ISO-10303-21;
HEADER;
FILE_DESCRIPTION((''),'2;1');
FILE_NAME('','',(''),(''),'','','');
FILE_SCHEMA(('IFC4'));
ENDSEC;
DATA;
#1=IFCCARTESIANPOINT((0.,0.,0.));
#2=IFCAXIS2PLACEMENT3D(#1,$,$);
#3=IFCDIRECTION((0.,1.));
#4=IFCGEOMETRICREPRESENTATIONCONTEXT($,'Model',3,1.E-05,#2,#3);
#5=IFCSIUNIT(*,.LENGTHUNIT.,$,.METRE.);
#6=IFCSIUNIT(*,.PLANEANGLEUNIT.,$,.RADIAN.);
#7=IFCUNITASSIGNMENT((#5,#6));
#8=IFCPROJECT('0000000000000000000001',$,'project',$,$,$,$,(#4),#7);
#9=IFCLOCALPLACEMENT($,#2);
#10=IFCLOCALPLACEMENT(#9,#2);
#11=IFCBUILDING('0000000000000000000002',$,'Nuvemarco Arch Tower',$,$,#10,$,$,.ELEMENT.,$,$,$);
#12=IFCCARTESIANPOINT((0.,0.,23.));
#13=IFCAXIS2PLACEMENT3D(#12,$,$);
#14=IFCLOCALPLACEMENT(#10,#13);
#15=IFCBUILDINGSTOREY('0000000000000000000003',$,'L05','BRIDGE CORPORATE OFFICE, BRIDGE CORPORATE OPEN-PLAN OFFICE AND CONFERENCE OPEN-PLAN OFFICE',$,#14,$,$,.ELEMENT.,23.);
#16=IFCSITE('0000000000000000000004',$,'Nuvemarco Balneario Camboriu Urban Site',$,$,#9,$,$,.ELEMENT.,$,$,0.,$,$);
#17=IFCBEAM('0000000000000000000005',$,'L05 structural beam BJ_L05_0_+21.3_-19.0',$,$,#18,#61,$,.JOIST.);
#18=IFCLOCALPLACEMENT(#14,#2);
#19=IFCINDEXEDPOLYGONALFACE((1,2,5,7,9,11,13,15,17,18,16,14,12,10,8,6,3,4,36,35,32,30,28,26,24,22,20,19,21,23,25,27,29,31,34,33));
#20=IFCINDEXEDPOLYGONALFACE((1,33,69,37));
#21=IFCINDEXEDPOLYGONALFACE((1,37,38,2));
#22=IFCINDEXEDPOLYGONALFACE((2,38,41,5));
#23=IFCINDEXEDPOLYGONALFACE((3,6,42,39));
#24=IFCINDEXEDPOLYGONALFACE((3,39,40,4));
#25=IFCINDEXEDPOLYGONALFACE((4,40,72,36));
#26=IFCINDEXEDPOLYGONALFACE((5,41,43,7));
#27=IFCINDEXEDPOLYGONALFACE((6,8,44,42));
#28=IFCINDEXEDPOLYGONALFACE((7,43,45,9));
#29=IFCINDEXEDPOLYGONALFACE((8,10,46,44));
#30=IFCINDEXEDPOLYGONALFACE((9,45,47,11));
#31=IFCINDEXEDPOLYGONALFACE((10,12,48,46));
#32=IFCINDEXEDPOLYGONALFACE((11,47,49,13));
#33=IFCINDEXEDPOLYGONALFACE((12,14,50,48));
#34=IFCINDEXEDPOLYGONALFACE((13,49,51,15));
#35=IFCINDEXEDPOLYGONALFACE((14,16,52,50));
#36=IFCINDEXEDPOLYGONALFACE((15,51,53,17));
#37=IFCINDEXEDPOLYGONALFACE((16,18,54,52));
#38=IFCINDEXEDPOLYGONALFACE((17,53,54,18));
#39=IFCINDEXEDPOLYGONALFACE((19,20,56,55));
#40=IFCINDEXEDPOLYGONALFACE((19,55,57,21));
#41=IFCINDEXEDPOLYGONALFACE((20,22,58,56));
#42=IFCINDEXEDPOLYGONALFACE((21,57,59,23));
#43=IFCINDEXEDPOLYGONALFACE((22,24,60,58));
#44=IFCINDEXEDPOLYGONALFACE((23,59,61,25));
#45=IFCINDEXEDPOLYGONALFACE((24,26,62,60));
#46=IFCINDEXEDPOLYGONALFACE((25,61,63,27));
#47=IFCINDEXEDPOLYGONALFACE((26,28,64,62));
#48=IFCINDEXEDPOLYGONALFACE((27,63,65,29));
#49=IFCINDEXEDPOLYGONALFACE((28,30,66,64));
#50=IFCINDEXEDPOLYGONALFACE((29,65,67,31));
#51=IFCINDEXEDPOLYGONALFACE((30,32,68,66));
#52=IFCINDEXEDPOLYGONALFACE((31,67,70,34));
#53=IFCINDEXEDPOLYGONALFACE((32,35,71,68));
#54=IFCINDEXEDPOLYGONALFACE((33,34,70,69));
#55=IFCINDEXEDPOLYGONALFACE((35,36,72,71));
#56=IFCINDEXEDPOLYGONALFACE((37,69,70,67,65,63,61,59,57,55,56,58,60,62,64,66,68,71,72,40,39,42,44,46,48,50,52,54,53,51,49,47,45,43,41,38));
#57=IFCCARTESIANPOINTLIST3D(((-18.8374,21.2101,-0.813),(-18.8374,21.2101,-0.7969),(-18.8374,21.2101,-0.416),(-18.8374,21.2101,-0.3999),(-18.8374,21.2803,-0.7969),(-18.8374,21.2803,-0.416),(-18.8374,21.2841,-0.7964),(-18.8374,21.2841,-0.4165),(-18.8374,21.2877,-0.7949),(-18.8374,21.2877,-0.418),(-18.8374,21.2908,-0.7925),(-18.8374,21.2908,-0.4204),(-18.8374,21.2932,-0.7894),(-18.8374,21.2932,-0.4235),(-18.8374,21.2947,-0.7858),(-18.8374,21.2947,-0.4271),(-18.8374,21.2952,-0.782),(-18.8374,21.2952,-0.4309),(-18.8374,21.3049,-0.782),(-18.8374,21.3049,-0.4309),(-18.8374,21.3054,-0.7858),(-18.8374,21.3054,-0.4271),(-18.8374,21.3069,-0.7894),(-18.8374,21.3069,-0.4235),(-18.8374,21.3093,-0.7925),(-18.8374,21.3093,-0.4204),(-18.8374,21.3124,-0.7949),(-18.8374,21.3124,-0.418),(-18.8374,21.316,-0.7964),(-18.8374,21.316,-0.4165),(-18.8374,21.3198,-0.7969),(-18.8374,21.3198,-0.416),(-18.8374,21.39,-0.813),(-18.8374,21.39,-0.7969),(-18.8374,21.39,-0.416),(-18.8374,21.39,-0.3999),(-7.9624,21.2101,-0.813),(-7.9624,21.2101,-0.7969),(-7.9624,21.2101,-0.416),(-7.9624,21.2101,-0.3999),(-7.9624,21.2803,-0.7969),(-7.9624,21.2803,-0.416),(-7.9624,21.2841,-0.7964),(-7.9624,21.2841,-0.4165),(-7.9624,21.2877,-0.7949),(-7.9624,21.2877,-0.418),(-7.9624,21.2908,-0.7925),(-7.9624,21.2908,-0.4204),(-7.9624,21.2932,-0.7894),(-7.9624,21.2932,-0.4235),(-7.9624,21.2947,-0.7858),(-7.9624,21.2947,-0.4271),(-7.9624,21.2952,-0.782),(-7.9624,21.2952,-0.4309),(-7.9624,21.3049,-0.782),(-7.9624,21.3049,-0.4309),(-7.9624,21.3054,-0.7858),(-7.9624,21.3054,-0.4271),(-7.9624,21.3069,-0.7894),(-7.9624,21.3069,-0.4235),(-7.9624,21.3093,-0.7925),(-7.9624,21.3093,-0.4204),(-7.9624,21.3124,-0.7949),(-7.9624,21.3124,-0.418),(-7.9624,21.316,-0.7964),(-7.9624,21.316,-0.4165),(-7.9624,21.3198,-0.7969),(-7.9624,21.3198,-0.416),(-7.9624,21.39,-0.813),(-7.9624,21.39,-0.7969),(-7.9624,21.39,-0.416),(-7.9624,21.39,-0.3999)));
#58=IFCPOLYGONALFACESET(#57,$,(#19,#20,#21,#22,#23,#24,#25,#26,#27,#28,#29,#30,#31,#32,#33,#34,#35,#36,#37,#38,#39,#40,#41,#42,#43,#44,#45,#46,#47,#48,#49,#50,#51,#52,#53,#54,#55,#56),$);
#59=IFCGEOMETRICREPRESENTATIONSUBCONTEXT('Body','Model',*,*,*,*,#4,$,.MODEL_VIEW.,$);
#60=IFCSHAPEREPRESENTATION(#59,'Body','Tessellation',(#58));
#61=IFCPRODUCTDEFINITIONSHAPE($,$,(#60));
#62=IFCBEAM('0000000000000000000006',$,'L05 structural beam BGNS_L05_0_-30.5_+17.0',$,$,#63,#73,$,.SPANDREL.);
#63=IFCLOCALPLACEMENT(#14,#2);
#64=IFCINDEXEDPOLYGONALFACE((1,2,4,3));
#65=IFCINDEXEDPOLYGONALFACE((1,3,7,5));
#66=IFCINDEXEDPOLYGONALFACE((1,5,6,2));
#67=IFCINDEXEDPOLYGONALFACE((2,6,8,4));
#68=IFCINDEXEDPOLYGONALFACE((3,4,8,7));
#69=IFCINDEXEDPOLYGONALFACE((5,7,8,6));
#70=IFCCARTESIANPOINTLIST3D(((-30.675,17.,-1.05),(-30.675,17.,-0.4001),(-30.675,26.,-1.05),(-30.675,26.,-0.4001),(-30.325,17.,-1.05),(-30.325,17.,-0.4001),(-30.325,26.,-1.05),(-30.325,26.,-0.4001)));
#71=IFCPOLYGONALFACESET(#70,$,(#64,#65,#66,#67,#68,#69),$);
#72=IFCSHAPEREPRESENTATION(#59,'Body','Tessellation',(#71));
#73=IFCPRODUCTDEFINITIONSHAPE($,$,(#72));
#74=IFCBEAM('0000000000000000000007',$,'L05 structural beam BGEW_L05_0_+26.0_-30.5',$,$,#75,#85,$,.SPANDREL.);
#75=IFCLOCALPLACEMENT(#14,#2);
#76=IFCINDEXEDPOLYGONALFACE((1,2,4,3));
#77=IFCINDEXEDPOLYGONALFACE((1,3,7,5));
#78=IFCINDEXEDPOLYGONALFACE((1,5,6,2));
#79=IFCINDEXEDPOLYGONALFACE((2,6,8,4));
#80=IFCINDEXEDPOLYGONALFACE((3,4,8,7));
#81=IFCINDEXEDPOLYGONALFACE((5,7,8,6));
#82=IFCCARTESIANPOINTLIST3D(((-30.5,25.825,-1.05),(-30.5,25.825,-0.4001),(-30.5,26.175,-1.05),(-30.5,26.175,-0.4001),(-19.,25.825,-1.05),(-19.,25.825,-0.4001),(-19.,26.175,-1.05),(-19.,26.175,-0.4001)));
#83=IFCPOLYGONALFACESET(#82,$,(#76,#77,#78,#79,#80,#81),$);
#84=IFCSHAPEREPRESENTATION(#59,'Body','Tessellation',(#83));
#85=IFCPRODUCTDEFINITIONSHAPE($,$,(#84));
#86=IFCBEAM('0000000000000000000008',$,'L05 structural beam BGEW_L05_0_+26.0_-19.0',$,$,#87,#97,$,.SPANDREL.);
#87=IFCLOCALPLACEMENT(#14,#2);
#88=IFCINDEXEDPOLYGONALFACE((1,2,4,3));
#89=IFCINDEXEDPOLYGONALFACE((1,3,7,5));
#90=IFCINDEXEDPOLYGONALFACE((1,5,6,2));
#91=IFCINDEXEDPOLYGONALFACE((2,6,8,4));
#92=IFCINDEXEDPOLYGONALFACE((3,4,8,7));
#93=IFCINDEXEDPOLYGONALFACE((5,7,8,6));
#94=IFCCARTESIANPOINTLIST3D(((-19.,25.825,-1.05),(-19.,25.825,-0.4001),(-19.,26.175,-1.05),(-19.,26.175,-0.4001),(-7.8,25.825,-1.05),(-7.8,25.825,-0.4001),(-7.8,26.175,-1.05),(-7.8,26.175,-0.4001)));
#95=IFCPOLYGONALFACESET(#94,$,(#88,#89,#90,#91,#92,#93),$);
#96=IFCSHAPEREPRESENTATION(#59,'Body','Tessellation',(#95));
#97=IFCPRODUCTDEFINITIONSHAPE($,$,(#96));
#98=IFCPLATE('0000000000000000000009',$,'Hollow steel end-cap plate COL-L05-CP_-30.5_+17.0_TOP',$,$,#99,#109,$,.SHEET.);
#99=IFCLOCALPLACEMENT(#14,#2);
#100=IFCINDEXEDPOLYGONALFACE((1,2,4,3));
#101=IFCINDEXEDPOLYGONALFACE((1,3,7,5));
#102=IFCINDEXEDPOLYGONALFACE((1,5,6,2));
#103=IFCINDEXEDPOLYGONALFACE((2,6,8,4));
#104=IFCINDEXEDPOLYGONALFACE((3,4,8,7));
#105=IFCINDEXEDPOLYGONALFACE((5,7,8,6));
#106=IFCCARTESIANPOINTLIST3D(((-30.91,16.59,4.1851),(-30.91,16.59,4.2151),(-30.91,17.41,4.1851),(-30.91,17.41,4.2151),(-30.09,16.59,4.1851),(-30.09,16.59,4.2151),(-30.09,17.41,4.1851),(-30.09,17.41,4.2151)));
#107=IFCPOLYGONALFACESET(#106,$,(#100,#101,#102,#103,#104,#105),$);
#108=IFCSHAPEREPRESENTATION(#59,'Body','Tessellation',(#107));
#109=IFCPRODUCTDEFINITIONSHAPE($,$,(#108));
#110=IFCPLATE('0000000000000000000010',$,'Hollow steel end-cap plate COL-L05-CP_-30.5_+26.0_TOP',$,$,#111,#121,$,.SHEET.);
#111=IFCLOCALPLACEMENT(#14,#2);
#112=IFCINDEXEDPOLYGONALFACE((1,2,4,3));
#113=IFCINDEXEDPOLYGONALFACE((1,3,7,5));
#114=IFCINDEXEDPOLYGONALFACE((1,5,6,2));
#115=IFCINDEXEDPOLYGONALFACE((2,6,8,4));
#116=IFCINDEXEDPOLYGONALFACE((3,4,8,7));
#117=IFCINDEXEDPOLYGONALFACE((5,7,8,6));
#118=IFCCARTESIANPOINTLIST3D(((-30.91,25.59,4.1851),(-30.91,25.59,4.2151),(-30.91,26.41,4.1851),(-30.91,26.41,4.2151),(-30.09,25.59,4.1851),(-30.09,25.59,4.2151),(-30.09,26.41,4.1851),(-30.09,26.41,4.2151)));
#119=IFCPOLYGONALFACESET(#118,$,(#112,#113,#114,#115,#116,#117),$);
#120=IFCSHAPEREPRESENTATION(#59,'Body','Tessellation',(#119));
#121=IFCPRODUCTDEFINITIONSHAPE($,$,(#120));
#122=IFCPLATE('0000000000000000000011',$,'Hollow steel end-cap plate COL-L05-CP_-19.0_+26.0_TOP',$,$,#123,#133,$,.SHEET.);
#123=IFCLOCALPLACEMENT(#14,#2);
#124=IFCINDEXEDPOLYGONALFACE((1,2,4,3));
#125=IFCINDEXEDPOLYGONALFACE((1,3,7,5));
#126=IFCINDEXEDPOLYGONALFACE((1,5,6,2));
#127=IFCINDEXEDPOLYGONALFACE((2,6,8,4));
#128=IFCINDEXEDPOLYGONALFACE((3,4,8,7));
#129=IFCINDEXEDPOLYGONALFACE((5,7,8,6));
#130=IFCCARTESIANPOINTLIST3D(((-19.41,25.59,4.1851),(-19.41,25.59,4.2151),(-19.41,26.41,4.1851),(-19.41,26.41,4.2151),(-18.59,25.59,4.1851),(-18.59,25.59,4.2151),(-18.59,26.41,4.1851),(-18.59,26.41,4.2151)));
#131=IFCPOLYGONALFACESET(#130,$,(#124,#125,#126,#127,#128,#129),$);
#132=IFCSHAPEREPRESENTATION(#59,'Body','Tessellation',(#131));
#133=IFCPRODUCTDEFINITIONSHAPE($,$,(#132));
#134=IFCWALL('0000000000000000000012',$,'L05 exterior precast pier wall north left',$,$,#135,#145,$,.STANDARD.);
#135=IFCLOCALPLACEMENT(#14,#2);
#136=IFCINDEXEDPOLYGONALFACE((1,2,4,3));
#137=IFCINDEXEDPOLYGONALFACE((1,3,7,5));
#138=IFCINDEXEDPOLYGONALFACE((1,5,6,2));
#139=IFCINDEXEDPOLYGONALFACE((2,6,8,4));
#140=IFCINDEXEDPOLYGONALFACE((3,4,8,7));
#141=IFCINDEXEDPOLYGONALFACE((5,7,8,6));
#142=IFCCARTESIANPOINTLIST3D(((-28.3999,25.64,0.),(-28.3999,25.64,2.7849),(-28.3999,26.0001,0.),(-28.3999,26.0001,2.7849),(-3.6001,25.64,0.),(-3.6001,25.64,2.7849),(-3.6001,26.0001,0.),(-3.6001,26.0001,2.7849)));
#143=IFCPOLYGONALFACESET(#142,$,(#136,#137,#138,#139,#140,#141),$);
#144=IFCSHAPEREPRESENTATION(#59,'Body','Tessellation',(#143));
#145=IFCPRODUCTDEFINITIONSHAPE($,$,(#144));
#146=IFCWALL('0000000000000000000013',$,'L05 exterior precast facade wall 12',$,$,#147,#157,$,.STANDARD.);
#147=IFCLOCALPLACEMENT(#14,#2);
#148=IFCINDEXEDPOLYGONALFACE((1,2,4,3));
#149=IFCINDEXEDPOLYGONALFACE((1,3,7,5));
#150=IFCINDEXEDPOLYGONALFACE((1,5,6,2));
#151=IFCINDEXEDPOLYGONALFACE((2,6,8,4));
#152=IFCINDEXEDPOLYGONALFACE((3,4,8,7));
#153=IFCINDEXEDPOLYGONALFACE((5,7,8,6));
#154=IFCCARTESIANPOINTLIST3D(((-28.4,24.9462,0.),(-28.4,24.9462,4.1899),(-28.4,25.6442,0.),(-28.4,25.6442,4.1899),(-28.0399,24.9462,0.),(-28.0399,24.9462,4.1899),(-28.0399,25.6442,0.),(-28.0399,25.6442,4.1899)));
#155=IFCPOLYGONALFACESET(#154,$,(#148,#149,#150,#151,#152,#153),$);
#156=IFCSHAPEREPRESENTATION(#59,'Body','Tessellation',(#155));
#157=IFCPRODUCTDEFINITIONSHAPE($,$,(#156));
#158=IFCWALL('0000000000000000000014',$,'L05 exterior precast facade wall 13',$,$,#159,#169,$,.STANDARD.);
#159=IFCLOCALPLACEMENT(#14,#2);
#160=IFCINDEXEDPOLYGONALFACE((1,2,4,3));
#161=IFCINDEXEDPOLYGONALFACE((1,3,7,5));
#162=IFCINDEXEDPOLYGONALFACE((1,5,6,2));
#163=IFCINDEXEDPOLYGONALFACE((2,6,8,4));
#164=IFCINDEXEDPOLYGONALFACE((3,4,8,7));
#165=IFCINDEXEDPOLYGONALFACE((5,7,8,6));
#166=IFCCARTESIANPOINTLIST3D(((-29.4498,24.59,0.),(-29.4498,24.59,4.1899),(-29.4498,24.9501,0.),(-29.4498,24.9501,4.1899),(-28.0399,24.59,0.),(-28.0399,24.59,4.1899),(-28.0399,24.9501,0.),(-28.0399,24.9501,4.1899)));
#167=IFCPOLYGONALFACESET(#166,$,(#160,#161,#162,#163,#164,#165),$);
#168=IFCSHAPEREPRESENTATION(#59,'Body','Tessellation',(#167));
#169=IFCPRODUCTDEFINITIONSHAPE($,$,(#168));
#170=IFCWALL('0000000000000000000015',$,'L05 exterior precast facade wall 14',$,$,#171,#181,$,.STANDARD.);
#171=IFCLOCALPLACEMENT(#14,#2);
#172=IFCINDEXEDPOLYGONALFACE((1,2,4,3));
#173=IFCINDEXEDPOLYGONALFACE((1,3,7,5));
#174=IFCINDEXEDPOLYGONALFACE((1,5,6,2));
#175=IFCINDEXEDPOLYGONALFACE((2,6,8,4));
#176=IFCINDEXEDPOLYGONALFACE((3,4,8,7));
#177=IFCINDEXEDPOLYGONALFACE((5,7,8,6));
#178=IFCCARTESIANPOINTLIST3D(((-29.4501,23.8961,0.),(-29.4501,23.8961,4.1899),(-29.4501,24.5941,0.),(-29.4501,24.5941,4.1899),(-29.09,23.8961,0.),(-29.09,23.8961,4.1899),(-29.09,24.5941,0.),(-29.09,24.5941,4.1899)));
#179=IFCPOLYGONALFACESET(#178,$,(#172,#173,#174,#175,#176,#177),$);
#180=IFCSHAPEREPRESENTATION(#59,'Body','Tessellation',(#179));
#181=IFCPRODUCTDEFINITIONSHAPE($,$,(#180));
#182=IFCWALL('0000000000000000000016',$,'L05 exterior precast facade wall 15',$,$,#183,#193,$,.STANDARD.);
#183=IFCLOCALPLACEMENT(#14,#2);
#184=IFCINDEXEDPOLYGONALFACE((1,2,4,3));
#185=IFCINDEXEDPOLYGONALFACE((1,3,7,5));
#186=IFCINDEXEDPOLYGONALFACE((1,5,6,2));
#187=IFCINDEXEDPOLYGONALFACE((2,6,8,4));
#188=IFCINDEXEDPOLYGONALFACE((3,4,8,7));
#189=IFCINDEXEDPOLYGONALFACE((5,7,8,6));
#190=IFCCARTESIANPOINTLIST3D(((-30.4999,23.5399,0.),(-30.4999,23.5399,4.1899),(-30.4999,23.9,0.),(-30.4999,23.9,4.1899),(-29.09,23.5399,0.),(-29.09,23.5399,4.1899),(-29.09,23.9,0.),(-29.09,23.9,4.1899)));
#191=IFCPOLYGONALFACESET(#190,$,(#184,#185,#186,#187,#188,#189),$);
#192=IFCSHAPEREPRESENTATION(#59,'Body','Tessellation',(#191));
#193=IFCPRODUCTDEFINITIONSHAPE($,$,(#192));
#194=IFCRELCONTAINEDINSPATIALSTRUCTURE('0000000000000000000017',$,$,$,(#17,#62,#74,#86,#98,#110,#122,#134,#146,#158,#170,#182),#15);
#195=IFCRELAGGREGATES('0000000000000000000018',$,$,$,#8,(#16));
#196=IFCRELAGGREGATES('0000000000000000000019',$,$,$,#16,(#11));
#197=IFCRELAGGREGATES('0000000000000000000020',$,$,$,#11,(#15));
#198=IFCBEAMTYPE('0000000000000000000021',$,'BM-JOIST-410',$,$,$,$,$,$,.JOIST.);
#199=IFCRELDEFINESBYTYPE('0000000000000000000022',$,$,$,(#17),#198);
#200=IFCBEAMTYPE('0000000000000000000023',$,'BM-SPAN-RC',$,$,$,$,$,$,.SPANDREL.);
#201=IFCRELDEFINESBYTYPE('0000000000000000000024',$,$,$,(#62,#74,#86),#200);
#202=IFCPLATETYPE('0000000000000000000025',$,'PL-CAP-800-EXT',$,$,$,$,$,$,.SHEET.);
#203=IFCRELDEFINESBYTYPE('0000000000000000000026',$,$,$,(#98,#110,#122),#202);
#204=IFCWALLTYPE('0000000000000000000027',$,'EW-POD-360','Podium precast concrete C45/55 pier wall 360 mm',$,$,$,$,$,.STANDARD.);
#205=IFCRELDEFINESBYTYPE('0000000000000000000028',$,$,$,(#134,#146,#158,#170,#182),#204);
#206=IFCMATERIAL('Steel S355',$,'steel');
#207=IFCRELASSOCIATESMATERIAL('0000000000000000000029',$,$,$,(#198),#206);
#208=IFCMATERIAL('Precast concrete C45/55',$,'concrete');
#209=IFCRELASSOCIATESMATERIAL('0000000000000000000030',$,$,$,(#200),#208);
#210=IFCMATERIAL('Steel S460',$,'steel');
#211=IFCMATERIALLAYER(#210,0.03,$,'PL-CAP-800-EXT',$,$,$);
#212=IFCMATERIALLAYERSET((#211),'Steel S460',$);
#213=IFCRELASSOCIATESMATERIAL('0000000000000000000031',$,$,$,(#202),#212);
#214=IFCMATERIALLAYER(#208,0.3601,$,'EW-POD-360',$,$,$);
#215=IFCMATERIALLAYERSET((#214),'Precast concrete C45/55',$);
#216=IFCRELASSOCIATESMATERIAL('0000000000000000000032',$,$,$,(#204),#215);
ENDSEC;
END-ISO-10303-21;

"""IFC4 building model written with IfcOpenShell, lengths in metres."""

from ifc_helpers import new_model, si_unit, direction, frame, frame_2d, origin, origin_2d, place, context, subcontext, project, spatial, rectangle, i_section, extrude, source, transform, mapped, material, layer, layer_set, material_profile, profile_set, type_object, type_shapes, element, save


model = new_model("IFC4")

# Units and contexts
model_context = context("Model", 3, precision=1e-05, world=origin(), true_north=direction((0.0, 1.0)))
body_context = subcontext(model_context, "Body", "Model", "MODEL_VIEW")
ifc_project = project(units=[si_unit("LENGTHUNIT", "METRE"), si_unit("PLANEANGLEUNIT", "RADIAN")], contexts=[model_context])

# Site, building, storey
site_placement = place(None, origin())
site = spatial("IfcSite", under=ifc_project, at=site_placement, Name="Nuvemarco Balneario Camboriu Urban Site", CompositionType="ELEMENT", RefElevation=0.0)
building_placement = place(site_placement, origin())
building = spatial("IfcBuilding", under=site, at=building_placement, Name="Nuvemarco Arch Tower", CompositionType="ELEMENT")
storey_placement = place(building_placement, frame((0.0, 0.0, 23.0)))
storey = spatial("IfcBuildingStorey", under=building, at=storey_placement, Name="L05", Description="BRIDGE CORPORATE OFFICE, BRIDGE CORPORATE OPEN-PLAN OFFICE AND CONFERENCE OPEN-PLAN OFFICE", CompositionType="ELEMENT", Elevation=23.0)

# Shared definitions
ifc_material_1 = material(Name="Steel S460", Category="steel")

# Beams
ifc_material_2 = material(Name="Steel S355", Category="steel")
ifc_material_profile_1 = material_profile(ifc_material_2, i_section(OverallWidth=0.1799, OverallDepth=0.4131, WebThickness=0.0098, FlangeThickness=0.0161, FilletRadius=0.0149, at=origin_2d()), Name="W410x75")
ifc_profile_set_1 = profile_set([ifc_material_profile_1], Name="Steel S355")
beam_type_1 = type_object("IfcBeamType", Name="BM-JOIST-410", PredefinedType="JOIST", material=ifc_profile_set_1)
beam_1_placement = place(storey_placement, frame((-18.8374, 21.3, -0.6064), z_axis=(1.0, 0.0, 0.0), x_axis=(0.0, 1.0, 0.0)))
element("IfcBeam", 1, at=beam_1_placement, inside=storey, type_object=beam_type_1, Name="L05 structural beam BJ_L05_0_+21.3_-19.0", PredefinedType="JOIST", context=body_context, shape_type="SweptSolid", body=[
    extrude(i_section(OverallWidth=0.1799, OverallDepth=0.4131, WebThickness=0.0098, FlangeThickness=0.0161, FilletRadius=0.0149, at=origin_2d()), origin(), (0.0, 0.0, 1.0), 10.875),
])
ifc_material_3 = material(Name="Precast concrete C45/55", Category="concrete")
ifc_material_profile_2 = material_profile(ifc_material_3, rectangle(XDim=0.3501, YDim=0.6499, at=origin_2d()), Name="PC-SP-350x650")
ifc_profile_set_2 = profile_set([ifc_material_profile_2], Name="Precast concrete C45/55")
beam_type_2 = type_object("IfcBeamType", Name="BM-SPAN-RC", PredefinedType="SPANDREL", material=ifc_profile_set_2)
beam_2_placement = place(storey_placement, frame((-30.5, 17.0, -0.7251), z_axis=(0.0, 1.0, 0.0), x_axis=(-1.0, 0.0, 0.0)))
element("IfcBeam", 2, at=beam_2_placement, inside=storey, type_object=beam_type_2, Name="L05 structural beam BGNS_L05_0_-30.5_+17.0", PredefinedType="SPANDREL", context=body_context, shape_type="SweptSolid", body=[
    extrude(rectangle(XDim=0.3501, YDim=0.6499, at=origin_2d()), origin(), (0.0, 0.0, 1.0), 9.0),
])
beam_3_placement = place(storey_placement, frame((-30.5, 26.0, -0.7251), z_axis=(1.0, 0.0, 0.0), x_axis=(0.0, 1.0, 0.0)))
element("IfcBeam", 3, at=beam_3_placement, inside=storey, type_object=beam_type_2, Name="L05 structural beam BGEW_L05_0_+26.0_-30.5", PredefinedType="SPANDREL", context=body_context, shape_type="SweptSolid", body=[
    extrude(rectangle(XDim=0.3501, YDim=0.6499, at=origin_2d()), origin(), (0.0, 0.0, 1.0), 11.5),
])
beam_4_placement = place(storey_placement, frame((-19.0, 26.0, -0.7251), z_axis=(1.0, 0.0, 0.0), x_axis=(0.0, 1.0, 0.0)))
element("IfcBeam", 4, at=beam_4_placement, inside=storey, type_object=beam_type_2, Name="L05 structural beam BGEW_L05_0_+26.0_-19.0", PredefinedType="SPANDREL", context=body_context, shape_type="SweptSolid", body=[
    extrude(rectangle(XDim=0.3501, YDim=0.6499, at=origin_2d()), origin(), (0.0, 0.0, 1.0), 11.2),
])

# Plates
ifc_layer_1 = layer(ifc_material_1, 0.03, Name="PL-CAP-800-EXT")
ifc_layer_set_1 = layer_set([ifc_layer_1], Name="Steel S460")
plate_type = type_object("IfcPlateType", Name="PL-CAP-800-EXT", PredefinedType="SHEET", material=ifc_layer_set_1)
shared_shape = source(origin(), body_context, "Body", "SweptSolid", [
    extrude(rectangle(XDim=0.8201, YDim=0.8201, at=origin_2d()), origin(), (0.0, 0.0, 1.0), 0.03),
])
type_shapes(plate_type, [shared_shape])
for number, where, z_axis, x_axis, name in (
    (5, (-30.5, 17.0, 4.1851), (0.0, 0.0, 1.0), (1.0, 0.0, 0.0), "Hollow steel end-cap plate COL-L05-CP_-30.5_+17.0_TOP"),
    (6, (-30.5, 26.0, 4.1851), (0.0, 0.0, 1.0), (1.0, 0.0, 0.0), "Hollow steel end-cap plate COL-L05-CP_-30.5_+26.0_TOP"),
    (7, (-19.0, 26.0, 4.1851), (0.0, 0.0, 1.0), (1.0, 0.0, 0.0), "Hollow steel end-cap plate COL-L05-CP_-19.0_+26.0_TOP"),
):
    element("IfcPlate", number, at=place(storey_placement, frame(where, z_axis=z_axis, x_axis=x_axis)), inside=storey, type_object=plate_type, Name=name, PredefinedType="SHEET", context=body_context, shape_type="MappedRepresentation", body=[
        mapped(shared_shape, transform((0.0, 0.0, 0.0), scale=1.0)),
    ])

# Walls
ifc_layer_2 = layer(ifc_material_3, 0.3601, Name="EW-POD-360")
ifc_layer_set_2 = layer_set([ifc_layer_2], Name="Precast concrete C45/55")
wall_type_1 = type_object("IfcWallType", Name="EW-POD-360", Description="Podium precast concrete C45/55 pier wall 360 mm", PredefinedType="STANDARD", material=ifc_layer_set_2)
wall_1_placement = place(storey_placement, frame((-28.3999, 25.8201, 0.0), z_axis=(0.0, 0.0, 1.0), x_axis=(1.0, 0.0, 0.0)))
element("IfcWall", 8, at=wall_1_placement, inside=storey, type_object=wall_type_1, Name="L05 exterior precast pier wall north left", PredefinedType="STANDARD", context=body_context, shape_type="SweptSolid", body=[
    extrude(rectangle(XDim=24.7998, YDim=0.3601, at=frame_2d((12.3999, 0.0))), origin(), (0.0, 0.0, 1.0), 2.7849),
])
wall_2_placement = place(storey_placement, frame((-28.22, 24.946, 0.0), z_axis=(0.0, 0.0, 1.0), x_axis=(0.0, 1.0, 0.0)))
element("IfcWall", 9, at=wall_2_placement, inside=storey, type_object=wall_type_1, Name="L05 exterior precast facade wall 12", PredefinedType="STANDARD", context=body_context, shape_type="SweptSolid", body=[
    extrude(rectangle(XDim=0.698, YDim=0.3601, at=frame_2d((0.3491, 0.0))), origin(), (0.0, 0.0, 1.0), 4.1899),
])
wall_3_placement = place(storey_placement, frame((-29.45, 24.77, 0.0), z_axis=(0.0, 0.0, 1.0), x_axis=(1.0, 0.0, 0.0)))
element("IfcWall", 10, at=wall_3_placement, inside=storey, type_object=wall_type_1, Name="L05 exterior precast facade wall 13", PredefinedType="STANDARD", context=body_context, shape_type="SweptSolid", body=[
    extrude(rectangle(XDim=1.4099, YDim=0.3601, at=frame_2d((0.7051, 0.0))), origin(), (0.0, 0.0, 1.0), 4.1899),
])
wall_4_placement = place(storey_placement, frame((-29.27, 23.896, 0.0), z_axis=(0.0, 0.0, 1.0), x_axis=(0.0, 1.0, 0.0)))
element("IfcWall", 11, at=wall_4_placement, inside=storey, type_object=wall_type_1, Name="L05 exterior precast facade wall 14", PredefinedType="STANDARD", context=body_context, shape_type="SweptSolid", body=[
    extrude(rectangle(XDim=0.698, YDim=0.3601, at=frame_2d((0.3491, 0.0))), origin(), (0.0, 0.0, 1.0), 4.1899),
])
wall_5_placement = place(storey_placement, frame((-30.5, 23.72, 0.0), z_axis=(0.0, 0.0, 1.0), x_axis=(1.0, 0.0, 0.0)))
element("IfcWall", 12, at=wall_5_placement, inside=storey, type_object=wall_type_1, Name="L05 exterior precast facade wall 15", PredefinedType="STANDARD", context=body_context, shape_type="SweptSolid", body=[
    extrude(rectangle(XDim=1.4099, YDim=0.3601, at=frame_2d((0.7051, 0.0))), origin(), (0.0, 0.0, 1.0), 4.1899),
])

save(model, "model.ifc")
